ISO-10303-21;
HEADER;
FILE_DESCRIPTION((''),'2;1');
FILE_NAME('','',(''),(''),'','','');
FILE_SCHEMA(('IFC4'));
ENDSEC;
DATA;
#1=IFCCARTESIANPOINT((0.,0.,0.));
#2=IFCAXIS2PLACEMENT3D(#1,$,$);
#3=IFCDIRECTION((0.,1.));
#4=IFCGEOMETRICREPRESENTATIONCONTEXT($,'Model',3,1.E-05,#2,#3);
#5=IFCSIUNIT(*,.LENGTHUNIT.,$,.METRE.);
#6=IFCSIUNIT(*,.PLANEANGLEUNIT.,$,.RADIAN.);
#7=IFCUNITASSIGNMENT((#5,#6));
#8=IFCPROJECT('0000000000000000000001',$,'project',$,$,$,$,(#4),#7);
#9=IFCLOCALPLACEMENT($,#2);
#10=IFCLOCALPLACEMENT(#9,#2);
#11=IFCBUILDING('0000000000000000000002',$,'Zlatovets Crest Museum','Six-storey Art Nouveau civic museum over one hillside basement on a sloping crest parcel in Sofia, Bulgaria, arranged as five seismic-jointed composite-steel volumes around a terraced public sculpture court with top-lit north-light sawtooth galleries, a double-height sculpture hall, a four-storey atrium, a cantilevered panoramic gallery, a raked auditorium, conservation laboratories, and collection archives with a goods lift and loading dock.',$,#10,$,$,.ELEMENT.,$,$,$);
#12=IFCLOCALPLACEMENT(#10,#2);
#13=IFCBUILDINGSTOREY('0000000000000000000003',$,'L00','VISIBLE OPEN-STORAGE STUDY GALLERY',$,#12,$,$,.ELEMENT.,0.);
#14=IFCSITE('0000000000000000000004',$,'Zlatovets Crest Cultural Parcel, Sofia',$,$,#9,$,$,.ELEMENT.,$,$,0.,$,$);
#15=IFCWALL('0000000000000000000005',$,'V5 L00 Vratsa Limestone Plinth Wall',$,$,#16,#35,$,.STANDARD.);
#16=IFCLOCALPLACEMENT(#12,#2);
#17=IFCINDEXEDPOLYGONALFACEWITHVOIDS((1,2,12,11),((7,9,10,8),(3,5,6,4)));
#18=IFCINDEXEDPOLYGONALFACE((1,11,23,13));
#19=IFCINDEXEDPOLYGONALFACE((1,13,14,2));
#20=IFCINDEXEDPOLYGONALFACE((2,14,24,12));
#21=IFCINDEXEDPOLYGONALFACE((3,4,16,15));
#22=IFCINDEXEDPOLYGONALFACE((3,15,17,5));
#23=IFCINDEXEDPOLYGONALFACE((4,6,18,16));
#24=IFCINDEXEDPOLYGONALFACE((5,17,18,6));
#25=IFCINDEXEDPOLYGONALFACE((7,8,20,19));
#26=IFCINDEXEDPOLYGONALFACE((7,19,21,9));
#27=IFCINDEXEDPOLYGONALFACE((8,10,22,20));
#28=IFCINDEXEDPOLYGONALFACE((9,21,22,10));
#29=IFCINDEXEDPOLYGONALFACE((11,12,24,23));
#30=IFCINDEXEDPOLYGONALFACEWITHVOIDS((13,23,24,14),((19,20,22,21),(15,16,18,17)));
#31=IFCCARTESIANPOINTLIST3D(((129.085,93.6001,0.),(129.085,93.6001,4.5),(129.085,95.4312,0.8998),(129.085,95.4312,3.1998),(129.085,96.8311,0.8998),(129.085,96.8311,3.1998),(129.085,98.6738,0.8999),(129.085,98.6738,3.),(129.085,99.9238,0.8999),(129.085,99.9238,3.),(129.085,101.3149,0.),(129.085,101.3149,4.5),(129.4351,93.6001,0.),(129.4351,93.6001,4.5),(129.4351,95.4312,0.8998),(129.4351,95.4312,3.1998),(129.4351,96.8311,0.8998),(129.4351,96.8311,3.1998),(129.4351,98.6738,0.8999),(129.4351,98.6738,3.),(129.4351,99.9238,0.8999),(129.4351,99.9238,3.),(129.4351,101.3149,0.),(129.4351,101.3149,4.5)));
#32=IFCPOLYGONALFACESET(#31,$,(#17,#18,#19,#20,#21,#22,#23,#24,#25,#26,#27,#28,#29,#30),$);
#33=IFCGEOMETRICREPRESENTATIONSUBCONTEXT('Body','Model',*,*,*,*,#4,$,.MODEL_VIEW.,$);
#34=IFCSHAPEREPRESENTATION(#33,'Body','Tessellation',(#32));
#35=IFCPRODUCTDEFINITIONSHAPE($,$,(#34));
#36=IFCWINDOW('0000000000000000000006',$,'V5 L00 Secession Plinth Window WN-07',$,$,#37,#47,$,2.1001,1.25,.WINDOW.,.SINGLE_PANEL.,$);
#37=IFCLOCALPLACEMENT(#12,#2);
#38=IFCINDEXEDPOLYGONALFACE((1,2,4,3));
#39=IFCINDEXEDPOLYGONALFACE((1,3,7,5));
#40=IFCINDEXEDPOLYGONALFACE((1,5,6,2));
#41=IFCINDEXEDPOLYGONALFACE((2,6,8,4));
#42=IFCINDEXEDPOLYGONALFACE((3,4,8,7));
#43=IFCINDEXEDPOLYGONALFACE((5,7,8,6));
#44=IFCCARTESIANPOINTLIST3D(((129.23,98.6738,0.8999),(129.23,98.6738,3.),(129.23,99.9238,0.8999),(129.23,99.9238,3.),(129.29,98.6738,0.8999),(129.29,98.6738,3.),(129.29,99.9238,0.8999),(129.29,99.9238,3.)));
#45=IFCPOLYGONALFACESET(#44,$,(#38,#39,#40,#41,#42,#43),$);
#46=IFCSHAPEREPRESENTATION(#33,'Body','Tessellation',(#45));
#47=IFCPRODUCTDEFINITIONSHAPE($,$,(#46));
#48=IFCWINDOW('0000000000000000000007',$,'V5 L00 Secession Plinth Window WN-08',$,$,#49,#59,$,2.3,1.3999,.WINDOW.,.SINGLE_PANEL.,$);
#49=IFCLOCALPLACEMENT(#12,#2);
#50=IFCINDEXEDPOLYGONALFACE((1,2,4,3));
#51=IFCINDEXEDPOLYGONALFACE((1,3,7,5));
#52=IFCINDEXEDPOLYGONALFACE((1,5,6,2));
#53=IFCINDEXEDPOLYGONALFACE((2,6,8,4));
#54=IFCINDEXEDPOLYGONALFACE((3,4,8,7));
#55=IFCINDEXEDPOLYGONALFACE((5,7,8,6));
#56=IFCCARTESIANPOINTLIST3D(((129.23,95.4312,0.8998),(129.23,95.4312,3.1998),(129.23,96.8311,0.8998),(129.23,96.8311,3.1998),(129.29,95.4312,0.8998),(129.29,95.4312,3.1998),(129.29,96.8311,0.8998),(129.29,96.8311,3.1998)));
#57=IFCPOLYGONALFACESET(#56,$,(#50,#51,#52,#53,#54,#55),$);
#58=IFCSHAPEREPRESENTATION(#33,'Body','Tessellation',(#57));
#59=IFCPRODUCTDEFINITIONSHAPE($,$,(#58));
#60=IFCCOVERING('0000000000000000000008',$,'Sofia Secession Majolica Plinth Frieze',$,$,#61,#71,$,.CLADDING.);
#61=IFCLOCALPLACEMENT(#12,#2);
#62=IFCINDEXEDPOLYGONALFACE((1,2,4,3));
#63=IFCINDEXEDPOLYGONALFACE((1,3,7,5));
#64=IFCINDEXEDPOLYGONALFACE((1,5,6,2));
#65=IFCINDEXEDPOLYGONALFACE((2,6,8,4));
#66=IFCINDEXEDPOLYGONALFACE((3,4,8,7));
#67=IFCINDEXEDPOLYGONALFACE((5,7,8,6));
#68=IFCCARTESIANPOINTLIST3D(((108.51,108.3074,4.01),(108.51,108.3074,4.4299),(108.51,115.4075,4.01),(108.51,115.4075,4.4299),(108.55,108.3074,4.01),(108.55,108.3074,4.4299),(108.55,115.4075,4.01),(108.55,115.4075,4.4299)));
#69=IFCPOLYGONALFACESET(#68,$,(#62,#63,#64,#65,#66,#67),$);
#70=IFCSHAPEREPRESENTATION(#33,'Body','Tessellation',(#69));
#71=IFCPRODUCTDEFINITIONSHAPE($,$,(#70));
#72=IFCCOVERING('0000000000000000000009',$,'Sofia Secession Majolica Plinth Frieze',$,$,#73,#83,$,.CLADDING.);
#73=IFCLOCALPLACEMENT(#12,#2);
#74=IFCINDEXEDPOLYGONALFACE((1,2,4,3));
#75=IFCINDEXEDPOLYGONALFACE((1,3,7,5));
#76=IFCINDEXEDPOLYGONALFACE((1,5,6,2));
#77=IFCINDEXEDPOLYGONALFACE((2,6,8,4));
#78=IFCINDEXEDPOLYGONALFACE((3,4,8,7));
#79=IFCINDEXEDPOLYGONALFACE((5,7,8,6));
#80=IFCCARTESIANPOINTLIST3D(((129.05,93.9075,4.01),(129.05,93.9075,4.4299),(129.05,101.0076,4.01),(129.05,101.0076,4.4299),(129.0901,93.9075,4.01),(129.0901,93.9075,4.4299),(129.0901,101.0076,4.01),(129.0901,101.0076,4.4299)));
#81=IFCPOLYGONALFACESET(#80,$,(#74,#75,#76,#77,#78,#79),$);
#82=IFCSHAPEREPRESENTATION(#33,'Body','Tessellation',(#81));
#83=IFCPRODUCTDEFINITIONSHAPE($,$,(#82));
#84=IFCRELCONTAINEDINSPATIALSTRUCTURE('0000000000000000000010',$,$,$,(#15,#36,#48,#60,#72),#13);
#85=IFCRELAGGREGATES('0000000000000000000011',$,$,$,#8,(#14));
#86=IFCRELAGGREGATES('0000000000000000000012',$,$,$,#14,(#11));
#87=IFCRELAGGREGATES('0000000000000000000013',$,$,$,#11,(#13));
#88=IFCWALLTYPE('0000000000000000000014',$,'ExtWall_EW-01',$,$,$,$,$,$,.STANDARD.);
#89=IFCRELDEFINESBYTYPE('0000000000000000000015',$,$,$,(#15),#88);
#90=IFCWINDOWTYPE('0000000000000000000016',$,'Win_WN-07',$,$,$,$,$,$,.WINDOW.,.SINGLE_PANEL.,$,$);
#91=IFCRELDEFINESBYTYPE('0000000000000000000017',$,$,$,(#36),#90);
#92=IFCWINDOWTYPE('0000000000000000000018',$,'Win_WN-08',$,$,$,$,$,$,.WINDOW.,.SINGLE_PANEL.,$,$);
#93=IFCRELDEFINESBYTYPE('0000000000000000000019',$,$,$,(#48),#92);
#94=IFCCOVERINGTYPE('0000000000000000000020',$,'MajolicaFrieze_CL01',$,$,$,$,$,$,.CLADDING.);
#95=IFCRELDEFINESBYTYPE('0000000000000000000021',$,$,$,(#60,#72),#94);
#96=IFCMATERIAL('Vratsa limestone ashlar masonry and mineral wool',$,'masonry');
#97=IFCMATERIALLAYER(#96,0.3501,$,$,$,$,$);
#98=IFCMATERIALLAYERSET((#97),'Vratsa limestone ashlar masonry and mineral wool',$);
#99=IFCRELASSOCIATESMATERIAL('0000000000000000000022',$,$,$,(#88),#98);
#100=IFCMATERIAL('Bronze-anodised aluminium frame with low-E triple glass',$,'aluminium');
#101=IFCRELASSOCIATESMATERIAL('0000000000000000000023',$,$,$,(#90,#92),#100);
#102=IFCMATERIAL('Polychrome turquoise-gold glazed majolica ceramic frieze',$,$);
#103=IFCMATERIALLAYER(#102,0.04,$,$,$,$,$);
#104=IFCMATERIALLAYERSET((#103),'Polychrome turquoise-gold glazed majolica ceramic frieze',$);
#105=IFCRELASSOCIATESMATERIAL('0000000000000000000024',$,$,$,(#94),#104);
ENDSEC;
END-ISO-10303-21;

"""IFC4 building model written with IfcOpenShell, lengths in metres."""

from ifc_helpers import new_model, si_unit, direction, frame, frame_2d, origin, origin_2d, place, context, subcontext, project, spatial, rectangle, extrude, material, layer, layer_set, type_object, element, fill, save


model = new_model("IFC4")

# Units and contexts
model_context = context("Model", 3, precision=1e-05, world=origin(), true_north=direction((0.0, 1.0)))
body_context = subcontext(model_context, "Body", "Model", "MODEL_VIEW")
ifc_project = project(units=[si_unit("LENGTHUNIT", "METRE"), si_unit("PLANEANGLEUNIT", "RADIAN")], contexts=[model_context])

# Site, building, storey
site_placement = place(None, origin())
site = spatial("IfcSite", under=ifc_project, at=site_placement, Name="Zlatovets Crest Cultural Parcel, Sofia", CompositionType="ELEMENT", RefElevation=0.0)
building_placement = place(site_placement, origin())
building = spatial("IfcBuilding", under=site, at=building_placement, Name="Zlatovets Crest Museum", Description="Six-storey Art Nouveau civic museum over one hillside basement on a sloping crest parcel in Sofia, Bulgaria, arranged as five seismic-jointed composite-steel volumes around a terraced public sculpture court with top-lit north-light sawtooth galleries, a double-height sculpture hall, a four-storey atrium, a cantilevered panoramic gallery, a raked auditorium, conservation laboratories, and collection archives with a goods lift and loading dock.", CompositionType="ELEMENT")
storey_placement = place(building_placement, origin())
storey = spatial("IfcBuildingStorey", under=building, at=storey_placement, Name="L00", Description="VISIBLE OPEN-STORAGE STUDY GALLERY", CompositionType="ELEMENT", Elevation=0.0)

# Shared definitions
ifc_material_1 = material(Name="Vratsa limestone ashlar masonry and mineral wool", Category="masonry")
ifc_layer_1 = layer(ifc_material_1, 0.3501)
ifc_layer_set_1 = layer_set([ifc_layer_1], Name="Vratsa limestone ashlar masonry and mineral wool")
wall_type_1 = type_object("IfcWallType", Name="ExtWall_EW-01", PredefinedType="STANDARD", material=ifc_layer_set_1)

# Wall, openings, windows
ifc_material_2 = material(Name="Bronze-anodised aluminium frame with low-E triple glass", Category="aluminium")
wall_1_placement = place(storey_placement, frame((129.26, 101.3149, 0.0), z_axis=(0.0, 0.0, 1.0), x_axis=(0.0, -1.0, 0.0)))
wall_1 = element("IfcWall", 1, at=wall_1_placement, inside=storey, type_object=wall_type_1, Name="V5 L00 Vratsa Limestone Plinth Wall", PredefinedType="STANDARD", context=body_context, shape_type="SweptSolid", body=[
    extrude(rectangle(XDim=7.7148, YDim=0.3501, at=frame_2d((3.8574, 0.0))), origin(), (0.0, 0.0, 1.0), 4.5),
])
opening_1_placement = place(wall_1_placement, frame((1.3911, 0.0, 0.8999)))
opening_1 = element("IfcOpeningElement", 2, at=opening_1_placement, cuts=wall_1, PredefinedType="OPENING", context=body_context, shape_type="SweptSolid", body=[
    extrude(rectangle(XDim=1.25, YDim=2.1001, at=frame_2d((0.625, 1.05))), frame((0.0, 0.1851, 0.0), z_axis=(0.0, -1.0, 0.0), x_axis=(1.0, 0.0, 0.0)), (0.0, 0.0, 1.0), 0.3701),
])
opening_2_placement = place(wall_1_placement, frame((4.4839, 0.0, 0.8999)))
opening_2 = element("IfcOpeningElement", 3, at=opening_2_placement, cuts=wall_1, PredefinedType="OPENING", context=body_context, shape_type="SweptSolid", body=[
    extrude(rectangle(XDim=1.3999, YDim=2.3, at=frame_2d((0.7, 1.1499))), frame((0.0, 0.1851, 0.0), z_axis=(0.0, -1.0, 0.0), x_axis=(1.0, 0.0, 0.0)), (0.0, 0.0, 1.0), 0.3701),
])
window_type_1 = type_object("IfcWindowType", Name="Win_WN-07", PartitioningType="SINGLE_PANEL", PredefinedType="WINDOW", material=ifc_material_2)
window_1_placement = place(opening_1_placement, origin())
window_1 = element("IfcWindow", 4, at=window_1_placement, inside=storey, type_object=window_type_1, Name="V5 L00 Secession Plinth Window WN-07", OverallHeight=2.1001, OverallWidth=1.25, PartitioningType="SINGLE_PANEL", PredefinedType="WINDOW", context=body_context, shape_type="SweptSolid", body=[
    extrude(rectangle(XDim=1.25, YDim=2.1001, at=frame_2d((0.625, 1.05))), frame((0.0, 0.03, 0.0), z_axis=(0.0, -1.0, 0.0), x_axis=(1.0, 0.0, 0.0)), (0.0, 0.0, 1.0), 0.0601),
])
fill(opening_1, window_1)
window_type_2 = type_object("IfcWindowType", Name="Win_WN-08", PartitioningType="SINGLE_PANEL", PredefinedType="WINDOW", material=ifc_material_2)
window_2_placement = place(opening_2_placement, origin())
window_2 = element("IfcWindow", 5, at=window_2_placement, inside=storey, type_object=window_type_2, Name="V5 L00 Secession Plinth Window WN-08", OverallHeight=2.3, OverallWidth=1.3999, PartitioningType="SINGLE_PANEL", PredefinedType="WINDOW", context=body_context, shape_type="SweptSolid", body=[
    extrude(rectangle(XDim=1.3999, YDim=2.3, at=frame_2d((0.7, 1.1499))), frame((0.0, 0.03, 0.0), z_axis=(0.0, -1.0, 0.0), x_axis=(1.0, 0.0, 0.0)), (0.0, 0.0, 1.0), 0.0601),
])
fill(opening_2, window_2)

# Coverings
ifc_material_3 = material(Name="Polychrome turquoise-gold glazed majolica ceramic frieze")
ifc_layer_2 = layer(ifc_material_3, 0.04)
ifc_layer_set_2 = layer_set([ifc_layer_2], Name="Polychrome turquoise-gold glazed majolica ceramic frieze")
covering_type = type_object("IfcCoveringType", Name="MajolicaFrieze_CL01", PredefinedType="CLADDING", material=ifc_layer_set_2)
for number, where, z_axis, x_axis, name in (
    (6, (108.53, 111.8574, 4.01), (0.0, 0.0, 1.0), (0.0, 1.0, 0.0), "Sofia Secession Majolica Plinth Frieze"),
    (7, (129.0701, 97.4575, 4.01), (0.0, 0.0, 1.0), (0.0, 1.0, 0.0), "Sofia Secession Majolica Plinth Frieze"),
):
    element("IfcCovering", number, at=place(storey_placement, frame(where, z_axis=z_axis, x_axis=x_axis)), inside=storey, type_object=covering_type, Name=name, PredefinedType="CLADDING", context=body_context, shape_type="SweptSolid", body=[
        extrude(rectangle(XDim=7.1001, YDim=0.04, at=origin_2d()), origin(), (0.0, 0.0, 1.0), 0.4199),
    ])

save(model, "model.ifc")
